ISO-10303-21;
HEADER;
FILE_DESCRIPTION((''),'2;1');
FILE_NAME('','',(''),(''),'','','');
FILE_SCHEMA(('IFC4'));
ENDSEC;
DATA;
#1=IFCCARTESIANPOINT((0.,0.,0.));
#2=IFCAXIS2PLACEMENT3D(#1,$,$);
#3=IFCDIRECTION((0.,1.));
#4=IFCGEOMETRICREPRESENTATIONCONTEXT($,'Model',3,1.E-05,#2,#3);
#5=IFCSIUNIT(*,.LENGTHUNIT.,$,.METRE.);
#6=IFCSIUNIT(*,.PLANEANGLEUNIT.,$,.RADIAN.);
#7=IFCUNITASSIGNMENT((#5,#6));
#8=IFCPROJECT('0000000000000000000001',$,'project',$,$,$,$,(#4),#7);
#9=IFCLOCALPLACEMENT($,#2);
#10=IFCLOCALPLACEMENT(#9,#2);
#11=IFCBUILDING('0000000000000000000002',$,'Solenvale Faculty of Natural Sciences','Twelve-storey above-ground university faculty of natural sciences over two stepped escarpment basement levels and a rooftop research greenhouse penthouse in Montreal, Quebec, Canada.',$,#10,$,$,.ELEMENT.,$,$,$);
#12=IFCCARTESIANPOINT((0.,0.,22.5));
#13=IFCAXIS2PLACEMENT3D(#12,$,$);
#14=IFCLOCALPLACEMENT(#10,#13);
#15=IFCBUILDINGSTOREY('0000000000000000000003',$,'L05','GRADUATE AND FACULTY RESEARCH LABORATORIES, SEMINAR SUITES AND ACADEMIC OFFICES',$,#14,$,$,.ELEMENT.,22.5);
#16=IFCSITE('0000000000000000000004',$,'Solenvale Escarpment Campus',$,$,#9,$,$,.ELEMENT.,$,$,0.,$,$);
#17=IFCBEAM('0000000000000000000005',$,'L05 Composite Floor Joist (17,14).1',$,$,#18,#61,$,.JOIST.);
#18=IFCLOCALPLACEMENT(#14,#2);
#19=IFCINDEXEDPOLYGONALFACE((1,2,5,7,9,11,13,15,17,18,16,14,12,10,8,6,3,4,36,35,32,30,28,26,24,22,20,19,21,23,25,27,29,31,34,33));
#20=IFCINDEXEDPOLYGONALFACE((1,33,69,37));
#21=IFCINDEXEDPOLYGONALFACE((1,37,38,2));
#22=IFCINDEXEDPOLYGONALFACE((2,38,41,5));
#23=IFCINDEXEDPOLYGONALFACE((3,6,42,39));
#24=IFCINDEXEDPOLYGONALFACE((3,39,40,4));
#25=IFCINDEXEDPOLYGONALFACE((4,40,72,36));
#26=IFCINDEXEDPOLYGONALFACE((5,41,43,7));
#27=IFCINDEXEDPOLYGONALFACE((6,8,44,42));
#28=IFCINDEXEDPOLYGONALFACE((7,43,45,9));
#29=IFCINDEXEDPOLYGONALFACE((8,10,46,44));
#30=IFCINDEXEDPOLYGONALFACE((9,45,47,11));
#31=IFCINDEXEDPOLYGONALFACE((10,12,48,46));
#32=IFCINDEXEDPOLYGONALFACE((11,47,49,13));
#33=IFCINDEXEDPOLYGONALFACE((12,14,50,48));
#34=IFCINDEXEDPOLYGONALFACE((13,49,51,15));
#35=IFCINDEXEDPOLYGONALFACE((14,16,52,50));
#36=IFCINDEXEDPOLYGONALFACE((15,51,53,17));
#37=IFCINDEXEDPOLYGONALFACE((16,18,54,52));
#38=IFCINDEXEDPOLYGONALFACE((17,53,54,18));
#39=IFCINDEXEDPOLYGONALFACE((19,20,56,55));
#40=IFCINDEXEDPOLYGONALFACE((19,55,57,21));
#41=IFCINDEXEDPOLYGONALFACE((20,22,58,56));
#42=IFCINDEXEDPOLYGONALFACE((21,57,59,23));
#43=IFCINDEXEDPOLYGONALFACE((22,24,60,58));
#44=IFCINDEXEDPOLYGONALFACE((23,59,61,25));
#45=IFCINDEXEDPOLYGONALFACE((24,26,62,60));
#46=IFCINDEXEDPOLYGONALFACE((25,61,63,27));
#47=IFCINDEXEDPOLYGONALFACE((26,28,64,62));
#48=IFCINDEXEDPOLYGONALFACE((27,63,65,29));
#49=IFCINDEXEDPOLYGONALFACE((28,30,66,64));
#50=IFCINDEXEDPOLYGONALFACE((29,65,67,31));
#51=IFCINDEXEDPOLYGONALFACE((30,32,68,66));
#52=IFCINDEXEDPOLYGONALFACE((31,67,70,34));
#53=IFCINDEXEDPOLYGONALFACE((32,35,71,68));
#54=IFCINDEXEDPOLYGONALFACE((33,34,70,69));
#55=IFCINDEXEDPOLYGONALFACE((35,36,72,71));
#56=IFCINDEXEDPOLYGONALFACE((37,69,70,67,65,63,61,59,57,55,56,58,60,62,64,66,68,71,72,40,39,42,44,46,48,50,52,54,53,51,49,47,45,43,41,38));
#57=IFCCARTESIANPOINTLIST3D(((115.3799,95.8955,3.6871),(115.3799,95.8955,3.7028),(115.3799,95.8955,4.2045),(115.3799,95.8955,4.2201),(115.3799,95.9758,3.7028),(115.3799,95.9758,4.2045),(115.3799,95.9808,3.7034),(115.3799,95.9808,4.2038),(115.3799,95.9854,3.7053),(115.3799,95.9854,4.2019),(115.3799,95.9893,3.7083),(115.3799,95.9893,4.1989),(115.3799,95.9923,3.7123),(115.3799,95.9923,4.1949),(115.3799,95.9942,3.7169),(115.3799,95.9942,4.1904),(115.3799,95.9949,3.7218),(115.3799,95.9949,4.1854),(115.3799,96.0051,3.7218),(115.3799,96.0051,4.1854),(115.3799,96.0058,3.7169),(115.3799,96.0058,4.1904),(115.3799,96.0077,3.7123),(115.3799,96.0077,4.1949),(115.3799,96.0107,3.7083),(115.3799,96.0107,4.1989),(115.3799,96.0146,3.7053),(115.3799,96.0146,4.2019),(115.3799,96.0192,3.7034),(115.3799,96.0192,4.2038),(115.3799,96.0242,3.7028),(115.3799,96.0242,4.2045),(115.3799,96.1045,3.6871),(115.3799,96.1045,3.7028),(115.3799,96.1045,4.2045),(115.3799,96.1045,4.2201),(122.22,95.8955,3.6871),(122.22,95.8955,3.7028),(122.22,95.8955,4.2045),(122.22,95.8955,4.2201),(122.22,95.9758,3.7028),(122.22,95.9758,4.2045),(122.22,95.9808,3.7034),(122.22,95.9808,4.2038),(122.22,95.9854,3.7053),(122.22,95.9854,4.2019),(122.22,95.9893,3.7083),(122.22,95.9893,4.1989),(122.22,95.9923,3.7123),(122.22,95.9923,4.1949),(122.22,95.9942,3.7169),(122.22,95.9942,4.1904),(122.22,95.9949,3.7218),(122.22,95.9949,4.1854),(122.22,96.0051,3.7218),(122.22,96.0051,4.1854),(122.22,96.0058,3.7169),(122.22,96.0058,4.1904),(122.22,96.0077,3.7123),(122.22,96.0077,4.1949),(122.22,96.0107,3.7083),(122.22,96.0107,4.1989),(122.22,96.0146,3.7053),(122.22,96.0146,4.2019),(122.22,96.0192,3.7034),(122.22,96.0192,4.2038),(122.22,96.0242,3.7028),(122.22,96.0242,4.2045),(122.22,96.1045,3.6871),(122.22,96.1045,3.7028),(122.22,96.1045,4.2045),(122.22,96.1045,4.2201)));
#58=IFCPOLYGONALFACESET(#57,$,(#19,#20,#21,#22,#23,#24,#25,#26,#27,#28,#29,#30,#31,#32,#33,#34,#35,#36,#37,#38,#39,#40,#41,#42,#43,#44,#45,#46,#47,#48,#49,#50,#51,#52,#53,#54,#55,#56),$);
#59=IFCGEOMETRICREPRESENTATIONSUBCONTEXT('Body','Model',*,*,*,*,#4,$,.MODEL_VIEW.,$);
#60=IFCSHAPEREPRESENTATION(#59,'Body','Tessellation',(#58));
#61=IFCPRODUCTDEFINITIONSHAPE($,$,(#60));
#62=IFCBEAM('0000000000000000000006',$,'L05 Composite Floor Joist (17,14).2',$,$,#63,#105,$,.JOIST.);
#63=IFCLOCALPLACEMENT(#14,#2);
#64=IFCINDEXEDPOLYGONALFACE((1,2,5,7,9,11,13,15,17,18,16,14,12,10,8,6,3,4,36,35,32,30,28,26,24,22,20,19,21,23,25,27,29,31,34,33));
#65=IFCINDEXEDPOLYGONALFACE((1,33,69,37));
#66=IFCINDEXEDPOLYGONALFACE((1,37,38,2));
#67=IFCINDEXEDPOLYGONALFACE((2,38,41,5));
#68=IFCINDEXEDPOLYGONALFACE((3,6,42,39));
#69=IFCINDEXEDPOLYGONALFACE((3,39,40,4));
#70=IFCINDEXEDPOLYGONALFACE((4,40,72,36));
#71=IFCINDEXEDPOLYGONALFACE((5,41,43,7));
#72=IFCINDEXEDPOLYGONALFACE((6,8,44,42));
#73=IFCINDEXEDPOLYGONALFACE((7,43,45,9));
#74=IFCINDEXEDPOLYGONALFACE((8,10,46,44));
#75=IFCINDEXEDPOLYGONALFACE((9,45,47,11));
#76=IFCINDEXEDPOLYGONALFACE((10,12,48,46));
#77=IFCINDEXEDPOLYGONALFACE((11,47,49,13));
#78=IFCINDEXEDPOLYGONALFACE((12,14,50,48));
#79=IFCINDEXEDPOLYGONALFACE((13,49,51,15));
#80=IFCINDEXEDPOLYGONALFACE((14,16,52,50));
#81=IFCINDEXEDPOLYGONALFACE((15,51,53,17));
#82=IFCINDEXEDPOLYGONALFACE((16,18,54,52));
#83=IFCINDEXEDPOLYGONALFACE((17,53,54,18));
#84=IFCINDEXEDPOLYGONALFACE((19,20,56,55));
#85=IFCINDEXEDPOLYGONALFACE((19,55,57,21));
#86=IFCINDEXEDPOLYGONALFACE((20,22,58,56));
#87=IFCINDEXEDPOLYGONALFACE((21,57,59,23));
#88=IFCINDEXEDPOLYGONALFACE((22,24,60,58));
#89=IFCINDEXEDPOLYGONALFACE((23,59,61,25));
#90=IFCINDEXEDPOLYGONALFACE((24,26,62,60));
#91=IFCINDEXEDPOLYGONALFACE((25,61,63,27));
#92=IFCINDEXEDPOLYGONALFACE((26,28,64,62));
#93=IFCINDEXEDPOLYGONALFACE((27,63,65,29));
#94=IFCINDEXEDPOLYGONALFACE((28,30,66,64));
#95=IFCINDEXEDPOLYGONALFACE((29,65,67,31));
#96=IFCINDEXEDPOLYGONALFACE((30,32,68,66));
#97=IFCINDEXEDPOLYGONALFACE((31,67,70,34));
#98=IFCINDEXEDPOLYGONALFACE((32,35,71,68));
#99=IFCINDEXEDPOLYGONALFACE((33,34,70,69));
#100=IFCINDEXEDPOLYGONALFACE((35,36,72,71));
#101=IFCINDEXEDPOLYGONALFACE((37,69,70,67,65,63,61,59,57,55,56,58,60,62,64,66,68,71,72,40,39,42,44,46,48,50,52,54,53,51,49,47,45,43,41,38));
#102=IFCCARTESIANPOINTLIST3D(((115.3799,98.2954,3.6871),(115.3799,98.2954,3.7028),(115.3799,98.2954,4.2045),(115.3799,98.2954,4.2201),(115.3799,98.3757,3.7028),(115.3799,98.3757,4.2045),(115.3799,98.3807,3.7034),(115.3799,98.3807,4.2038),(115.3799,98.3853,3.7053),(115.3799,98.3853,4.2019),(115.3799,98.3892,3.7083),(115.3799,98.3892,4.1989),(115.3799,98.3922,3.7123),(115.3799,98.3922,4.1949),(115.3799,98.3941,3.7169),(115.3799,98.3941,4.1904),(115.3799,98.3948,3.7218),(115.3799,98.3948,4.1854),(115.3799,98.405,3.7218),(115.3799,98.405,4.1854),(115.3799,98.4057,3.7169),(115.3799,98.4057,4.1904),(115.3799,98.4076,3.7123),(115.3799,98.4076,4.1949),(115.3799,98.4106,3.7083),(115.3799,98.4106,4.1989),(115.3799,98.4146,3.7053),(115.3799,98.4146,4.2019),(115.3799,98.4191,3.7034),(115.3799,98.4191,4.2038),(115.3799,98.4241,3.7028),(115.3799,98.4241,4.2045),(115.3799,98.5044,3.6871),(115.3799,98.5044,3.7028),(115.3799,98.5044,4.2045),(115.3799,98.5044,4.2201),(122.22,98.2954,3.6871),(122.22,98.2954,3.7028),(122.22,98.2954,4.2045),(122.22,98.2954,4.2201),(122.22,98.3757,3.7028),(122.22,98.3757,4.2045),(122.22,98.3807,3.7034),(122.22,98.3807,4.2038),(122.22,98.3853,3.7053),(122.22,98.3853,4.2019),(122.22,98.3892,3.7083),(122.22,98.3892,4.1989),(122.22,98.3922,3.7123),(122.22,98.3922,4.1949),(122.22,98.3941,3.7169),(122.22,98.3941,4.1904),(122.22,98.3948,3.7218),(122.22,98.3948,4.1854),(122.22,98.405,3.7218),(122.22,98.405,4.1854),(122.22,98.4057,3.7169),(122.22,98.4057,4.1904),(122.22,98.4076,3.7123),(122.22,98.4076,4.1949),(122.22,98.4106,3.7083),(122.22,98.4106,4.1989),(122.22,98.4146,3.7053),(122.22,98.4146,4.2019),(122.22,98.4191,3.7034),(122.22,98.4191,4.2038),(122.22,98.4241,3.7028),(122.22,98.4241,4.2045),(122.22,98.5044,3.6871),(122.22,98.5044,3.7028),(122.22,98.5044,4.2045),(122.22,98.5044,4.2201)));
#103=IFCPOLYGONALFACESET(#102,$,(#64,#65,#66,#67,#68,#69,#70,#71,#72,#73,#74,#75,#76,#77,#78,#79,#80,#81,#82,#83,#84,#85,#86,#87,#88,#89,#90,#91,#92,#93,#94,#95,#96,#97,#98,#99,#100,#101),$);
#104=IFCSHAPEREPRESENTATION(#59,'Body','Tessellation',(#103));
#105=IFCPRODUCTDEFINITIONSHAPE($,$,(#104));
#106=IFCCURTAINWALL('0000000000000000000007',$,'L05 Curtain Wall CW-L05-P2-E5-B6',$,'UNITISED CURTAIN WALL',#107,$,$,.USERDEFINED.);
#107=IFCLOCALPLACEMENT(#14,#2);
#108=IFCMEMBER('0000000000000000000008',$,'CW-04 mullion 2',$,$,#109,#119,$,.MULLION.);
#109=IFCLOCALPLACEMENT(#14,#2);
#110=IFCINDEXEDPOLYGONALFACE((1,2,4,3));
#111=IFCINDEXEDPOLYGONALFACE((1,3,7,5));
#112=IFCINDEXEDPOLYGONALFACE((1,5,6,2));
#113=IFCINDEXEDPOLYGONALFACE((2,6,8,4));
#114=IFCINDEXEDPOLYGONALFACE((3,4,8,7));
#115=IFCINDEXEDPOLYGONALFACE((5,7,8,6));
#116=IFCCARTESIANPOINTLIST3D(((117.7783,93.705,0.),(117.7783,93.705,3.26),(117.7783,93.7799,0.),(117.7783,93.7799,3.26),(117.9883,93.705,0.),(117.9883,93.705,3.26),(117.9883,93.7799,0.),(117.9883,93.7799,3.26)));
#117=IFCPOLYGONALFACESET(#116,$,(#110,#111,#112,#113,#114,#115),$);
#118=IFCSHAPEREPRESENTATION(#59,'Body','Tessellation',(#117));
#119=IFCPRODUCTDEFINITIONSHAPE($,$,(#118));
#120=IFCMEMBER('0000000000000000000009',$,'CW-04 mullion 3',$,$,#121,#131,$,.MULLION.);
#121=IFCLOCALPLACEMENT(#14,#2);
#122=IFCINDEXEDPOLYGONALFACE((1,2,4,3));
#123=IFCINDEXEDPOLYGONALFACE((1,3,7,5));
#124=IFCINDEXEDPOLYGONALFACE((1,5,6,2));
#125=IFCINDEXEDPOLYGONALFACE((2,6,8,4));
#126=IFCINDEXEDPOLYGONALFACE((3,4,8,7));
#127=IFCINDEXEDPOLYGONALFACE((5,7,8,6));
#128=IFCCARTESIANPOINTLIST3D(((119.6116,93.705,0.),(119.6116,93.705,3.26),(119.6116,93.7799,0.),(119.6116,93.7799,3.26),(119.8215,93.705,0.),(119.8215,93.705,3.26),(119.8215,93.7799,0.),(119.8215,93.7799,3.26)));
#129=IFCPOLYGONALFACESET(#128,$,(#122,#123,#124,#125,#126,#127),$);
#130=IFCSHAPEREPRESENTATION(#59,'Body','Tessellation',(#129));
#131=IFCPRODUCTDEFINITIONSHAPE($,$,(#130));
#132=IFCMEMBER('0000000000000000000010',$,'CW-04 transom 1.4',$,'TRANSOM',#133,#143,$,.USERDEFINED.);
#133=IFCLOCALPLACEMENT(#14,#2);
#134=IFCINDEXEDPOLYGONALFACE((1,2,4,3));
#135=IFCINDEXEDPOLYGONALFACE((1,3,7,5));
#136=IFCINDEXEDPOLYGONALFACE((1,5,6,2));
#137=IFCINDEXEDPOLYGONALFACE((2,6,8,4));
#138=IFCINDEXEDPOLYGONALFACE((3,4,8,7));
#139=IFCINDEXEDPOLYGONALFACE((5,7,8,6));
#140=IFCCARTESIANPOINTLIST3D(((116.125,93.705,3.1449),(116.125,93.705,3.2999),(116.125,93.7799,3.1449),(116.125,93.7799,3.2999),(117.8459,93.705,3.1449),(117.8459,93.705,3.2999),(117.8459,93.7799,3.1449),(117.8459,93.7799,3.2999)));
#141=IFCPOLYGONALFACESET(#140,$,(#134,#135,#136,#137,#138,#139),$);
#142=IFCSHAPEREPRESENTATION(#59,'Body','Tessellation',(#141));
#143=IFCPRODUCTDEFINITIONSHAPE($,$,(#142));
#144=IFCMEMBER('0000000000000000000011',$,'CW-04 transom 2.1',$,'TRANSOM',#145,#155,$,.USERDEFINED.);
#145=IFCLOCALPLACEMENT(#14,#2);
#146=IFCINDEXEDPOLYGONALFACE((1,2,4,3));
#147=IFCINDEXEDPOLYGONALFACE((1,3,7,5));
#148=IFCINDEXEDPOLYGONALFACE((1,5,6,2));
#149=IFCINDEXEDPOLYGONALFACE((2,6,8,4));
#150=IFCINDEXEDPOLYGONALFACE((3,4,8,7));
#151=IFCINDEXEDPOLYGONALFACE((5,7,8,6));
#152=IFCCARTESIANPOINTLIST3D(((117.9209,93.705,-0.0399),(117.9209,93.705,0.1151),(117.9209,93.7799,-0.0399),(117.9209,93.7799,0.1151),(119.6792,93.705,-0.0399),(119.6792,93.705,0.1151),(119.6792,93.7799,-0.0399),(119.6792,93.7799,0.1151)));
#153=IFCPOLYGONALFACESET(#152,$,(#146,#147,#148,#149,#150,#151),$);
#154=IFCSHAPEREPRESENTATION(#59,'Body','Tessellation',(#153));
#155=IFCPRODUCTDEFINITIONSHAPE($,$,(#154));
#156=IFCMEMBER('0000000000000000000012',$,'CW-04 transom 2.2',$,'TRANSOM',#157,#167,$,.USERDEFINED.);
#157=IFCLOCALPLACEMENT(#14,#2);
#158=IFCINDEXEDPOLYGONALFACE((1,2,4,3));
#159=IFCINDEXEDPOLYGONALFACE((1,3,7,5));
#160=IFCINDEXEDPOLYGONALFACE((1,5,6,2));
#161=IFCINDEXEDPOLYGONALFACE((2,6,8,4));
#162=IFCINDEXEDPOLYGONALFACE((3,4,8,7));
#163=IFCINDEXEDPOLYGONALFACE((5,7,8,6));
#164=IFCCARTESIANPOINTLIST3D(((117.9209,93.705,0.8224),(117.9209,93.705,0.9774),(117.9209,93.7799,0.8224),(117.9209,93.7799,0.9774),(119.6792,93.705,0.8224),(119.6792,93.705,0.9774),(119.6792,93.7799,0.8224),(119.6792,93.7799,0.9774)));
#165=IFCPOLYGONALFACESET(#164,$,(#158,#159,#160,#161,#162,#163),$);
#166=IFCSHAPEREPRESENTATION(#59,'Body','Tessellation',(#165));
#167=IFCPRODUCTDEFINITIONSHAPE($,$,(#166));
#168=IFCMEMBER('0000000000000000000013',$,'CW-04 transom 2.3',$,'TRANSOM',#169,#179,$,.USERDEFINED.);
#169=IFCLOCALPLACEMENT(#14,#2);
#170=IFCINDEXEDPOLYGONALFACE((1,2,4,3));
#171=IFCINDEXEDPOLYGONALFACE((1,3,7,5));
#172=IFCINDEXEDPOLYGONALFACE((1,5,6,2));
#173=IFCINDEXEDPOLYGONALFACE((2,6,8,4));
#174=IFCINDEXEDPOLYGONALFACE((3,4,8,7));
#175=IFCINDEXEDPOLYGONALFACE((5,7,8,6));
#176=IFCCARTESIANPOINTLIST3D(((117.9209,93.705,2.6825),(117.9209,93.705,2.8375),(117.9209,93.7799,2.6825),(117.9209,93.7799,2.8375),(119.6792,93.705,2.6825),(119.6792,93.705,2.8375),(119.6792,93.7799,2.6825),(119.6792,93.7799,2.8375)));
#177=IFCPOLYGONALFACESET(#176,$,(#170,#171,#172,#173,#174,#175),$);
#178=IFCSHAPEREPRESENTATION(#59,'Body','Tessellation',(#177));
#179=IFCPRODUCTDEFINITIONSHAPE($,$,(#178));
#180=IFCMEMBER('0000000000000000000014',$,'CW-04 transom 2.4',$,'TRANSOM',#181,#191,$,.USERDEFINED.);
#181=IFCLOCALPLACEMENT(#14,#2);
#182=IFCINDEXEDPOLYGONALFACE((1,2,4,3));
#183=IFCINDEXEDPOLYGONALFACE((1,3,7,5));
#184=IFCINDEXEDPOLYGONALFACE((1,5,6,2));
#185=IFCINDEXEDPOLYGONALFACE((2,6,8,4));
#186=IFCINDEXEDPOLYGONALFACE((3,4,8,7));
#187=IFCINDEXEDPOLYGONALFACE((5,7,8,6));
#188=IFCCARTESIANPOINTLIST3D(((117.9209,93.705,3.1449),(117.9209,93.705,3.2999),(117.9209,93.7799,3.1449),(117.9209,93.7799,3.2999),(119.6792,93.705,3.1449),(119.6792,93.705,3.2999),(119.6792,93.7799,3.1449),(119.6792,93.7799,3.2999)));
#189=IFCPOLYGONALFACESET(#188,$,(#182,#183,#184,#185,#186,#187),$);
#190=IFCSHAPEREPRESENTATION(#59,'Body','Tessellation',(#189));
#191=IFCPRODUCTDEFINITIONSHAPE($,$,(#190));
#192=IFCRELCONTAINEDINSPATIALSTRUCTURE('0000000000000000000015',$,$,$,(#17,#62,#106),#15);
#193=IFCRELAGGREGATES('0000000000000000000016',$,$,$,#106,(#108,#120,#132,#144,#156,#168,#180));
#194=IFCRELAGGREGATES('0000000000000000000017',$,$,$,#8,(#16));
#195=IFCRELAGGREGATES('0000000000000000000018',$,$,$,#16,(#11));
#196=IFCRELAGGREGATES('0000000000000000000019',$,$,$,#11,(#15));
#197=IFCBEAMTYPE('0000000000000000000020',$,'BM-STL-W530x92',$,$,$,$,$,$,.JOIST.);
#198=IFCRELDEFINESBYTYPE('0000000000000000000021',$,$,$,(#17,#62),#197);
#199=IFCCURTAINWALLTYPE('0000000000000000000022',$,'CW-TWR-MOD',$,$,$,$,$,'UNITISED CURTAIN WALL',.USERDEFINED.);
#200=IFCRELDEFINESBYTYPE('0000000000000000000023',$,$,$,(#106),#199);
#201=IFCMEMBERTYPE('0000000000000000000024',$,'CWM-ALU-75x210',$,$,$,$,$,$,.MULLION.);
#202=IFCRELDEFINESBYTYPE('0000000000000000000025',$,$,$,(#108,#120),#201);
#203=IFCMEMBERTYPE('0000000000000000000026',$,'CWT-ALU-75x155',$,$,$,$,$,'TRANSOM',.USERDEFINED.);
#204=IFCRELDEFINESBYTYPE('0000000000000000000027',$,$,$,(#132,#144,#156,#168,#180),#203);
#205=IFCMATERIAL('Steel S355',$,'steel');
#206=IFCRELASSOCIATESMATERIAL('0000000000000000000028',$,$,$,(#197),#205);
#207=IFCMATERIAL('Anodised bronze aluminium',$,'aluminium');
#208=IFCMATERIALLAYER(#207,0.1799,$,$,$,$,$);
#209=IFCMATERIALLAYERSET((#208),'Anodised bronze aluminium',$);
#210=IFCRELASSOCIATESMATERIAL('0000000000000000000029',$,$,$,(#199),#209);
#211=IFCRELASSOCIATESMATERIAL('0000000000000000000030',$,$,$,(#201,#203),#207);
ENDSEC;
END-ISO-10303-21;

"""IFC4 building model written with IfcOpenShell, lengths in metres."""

from ifc_helpers import new_model, si_unit, direction, frame, origin, origin_2d, place, context, subcontext, project, spatial, rectangle, i_section, extrude, material, layer, layer_set, material_profile, profile_set, type_object, element, aggregate, save


model = new_model("IFC4")

# Units and contexts
model_context = context("Model", 3, precision=1e-05, world=origin(), true_north=direction((0.0, 1.0)))
body_context = subcontext(model_context, "Body", "Model", "MODEL_VIEW")
ifc_project = project(units=[si_unit("LENGTHUNIT", "METRE"), si_unit("PLANEANGLEUNIT", "RADIAN")], contexts=[model_context])

# Site, building, storey
site_placement = place(None, origin())
site = spatial("IfcSite", under=ifc_project, at=site_placement, Name="Solenvale Escarpment Campus", CompositionType="ELEMENT", RefElevation=0.0)
building_placement = place(site_placement, origin())
building = spatial("IfcBuilding", under=site, at=building_placement, Name="Solenvale Faculty of Natural Sciences", Description="Twelve-storey above-ground university faculty of natural sciences over two stepped escarpment basement levels and a rooftop research greenhouse penthouse in Montreal, Quebec, Canada.", CompositionType="ELEMENT")
storey_placement = place(building_placement, frame((0.0, 0.0, 22.5)))
storey = spatial("IfcBuildingStorey", under=building, at=storey_placement, Name="L05", Description="GRADUATE AND FACULTY RESEARCH LABORATORIES, SEMINAR SUITES AND ACADEMIC OFFICES", CompositionType="ELEMENT", Elevation=22.5)

# Beams
ifc_material_1 = material(Name="Steel S355", Category="steel")
ifc_material_profile_1 = material_profile(ifc_material_1, i_section(OverallWidth=0.209, OverallDepth=0.533, WebThickness=0.0103, FlangeThickness=0.0156, FilletRadius=0.019, at=origin_2d()), Name="W530x92")
ifc_profile_set_1 = profile_set([ifc_material_profile_1], Name="Steel S355")
beam_type_1 = type_object("IfcBeamType", Name="BM-STL-W530x92", PredefinedType="JOIST", material=ifc_profile_set_1)
for number, where, z_axis, x_axis, name in (
    (1, (115.3799, 96.0, 3.9536), (1.0, 0.0, 0.0), (0.0, 1.0, 0.0), "L05 Composite Floor Joist (17,14).1"),
    (2, (115.3799, 98.3999, 3.9536), (1.0, 0.0, 0.0), (0.0, 1.0, 0.0), "L05 Composite Floor Joist (17,14).2"),
):
    element("IfcBeam", number, at=place(storey_placement, frame(where, z_axis=z_axis, x_axis=x_axis)), inside=storey, type_object=beam_type_1, Name=name, PredefinedType="JOIST", context=body_context, shape_type="SweptSolid", body=[
        extrude(i_section(OverallWidth=0.209, OverallDepth=0.533, WebThickness=0.0103, FlangeThickness=0.0156, FilletRadius=0.019, at=origin_2d()), origin(), (0.0, 0.0, 1.0), 6.8401),
    ])

# Curtain wall, members
ifc_material_2 = material(Name="Anodised bronze aluminium", Category="aluminium")
ifc_layer_1 = layer(ifc_material_2, 0.1799)
ifc_layer_set_1 = layer_set([ifc_layer_1], Name="Anodised bronze aluminium")
curtain_wall_type = type_object("IfcCurtainWallType", Name="CW-TWR-MOD", ElementType="UNITISED CURTAIN WALL", PredefinedType="USERDEFINED", material=ifc_layer_set_1)
curtain_wall_placement = place(storey_placement, origin())
curtain_wall = element("IfcCurtainWall", 3, at=curtain_wall_placement, inside=storey, type_object=curtain_wall_type, Name="L05 Curtain Wall CW-L05-P2-E5-B6", ObjectType="UNITISED CURTAIN WALL", PredefinedType="USERDEFINED")
ifc_material_profile_2 = material_profile(ifc_material_2, rectangle(XDim=0.075, YDim=0.21, at=origin_2d()), Name="ALU-MUL-75x210")
ifc_profile_set_2 = profile_set([ifc_material_profile_2], Name="Anodised bronze aluminium")
member_type_1 = type_object("IfcMemberType", Name="CWM-ALU-75x210", PredefinedType="MULLION", material=ifc_profile_set_2)
member_1_placement = place(storey_placement, frame((117.8833, 93.7424, 0.0), z_axis=(0.0, 0.0, 1.0), x_axis=(0.0, 1.0, 0.0)))
member_1 = element("IfcMember", 4, at=member_1_placement, type_object=member_type_1, Name="CW-04 mullion 2", PredefinedType="MULLION", context=body_context, shape_type="SweptSolid", body=[
    extrude(rectangle(XDim=0.075, YDim=0.21, at=origin_2d()), origin(), (0.0, 0.0, 1.0), 3.26),
])
member_2_placement = place(storey_placement, frame((119.7166, 93.7424, 0.0), z_axis=(0.0, 0.0, 1.0), x_axis=(0.0, 1.0, 0.0)))
member_2 = element("IfcMember", 5, at=member_2_placement, type_object=member_type_1, Name="CW-04 mullion 3", PredefinedType="MULLION", context=body_context, shape_type="SweptSolid", body=[
    extrude(rectangle(XDim=0.075, YDim=0.21, at=origin_2d()), origin(), (0.0, 0.0, 1.0), 3.26),
])
ifc_material_profile_3 = material_profile(ifc_material_2, rectangle(XDim=0.075, YDim=0.155, at=origin_2d()), Name="ALU-TRN-75x155")
ifc_profile_set_3 = profile_set([ifc_material_profile_3], Name="Anodised bronze aluminium")
member_type_2 = type_object("IfcMemberType", Name="CWT-ALU-75x155", ElementType="TRANSOM", PredefinedType="USERDEFINED", material=ifc_profile_set_3)
member_3_placement = place(storey_placement, frame((116.125, 93.7424, 3.2224), z_axis=(1.0, 0.0, 0.0), x_axis=(0.0, 1.0, 0.0)))
member_3 = element("IfcMember", 6, at=member_3_placement, type_object=member_type_2, Name="CW-04 transom 1.4", ObjectType="TRANSOM", PredefinedType="USERDEFINED", context=body_context, shape_type="SweptSolid", body=[
    extrude(rectangle(XDim=0.075, YDim=0.155, at=origin_2d()), origin(), (0.0, 0.0, 1.0), 1.7209),
])
member_4_placement = place(storey_placement, frame((117.9209, 93.7424, 0.0376), z_axis=(1.0, 0.0, 0.0), x_axis=(0.0, 1.0, 0.0)))
member_4 = element("IfcMember", 7, at=member_4_placement, type_object=member_type_2, Name="CW-04 transom 2.1", ObjectType="TRANSOM", PredefinedType="USERDEFINED", context=body_context, shape_type="SweptSolid", body=[
    extrude(rectangle(XDim=0.075, YDim=0.155, at=origin_2d()), origin(), (0.0, 0.0, 1.0), 1.7583),
])
member_5_placement = place(storey_placement, frame((117.9209, 93.7424, 0.8999), z_axis=(1.0, 0.0, 0.0), x_axis=(0.0, 1.0, 0.0)))
member_5 = element("IfcMember", 8, at=member_5_placement, type_object=member_type_2, Name="CW-04 transom 2.2", ObjectType="TRANSOM", PredefinedType="USERDEFINED", context=body_context, shape_type="SweptSolid", body=[
    extrude(rectangle(XDim=0.075, YDim=0.155, at=origin_2d()), origin(), (0.0, 0.0, 1.0), 1.7583),
])
member_6_placement = place(storey_placement, frame((117.9209, 93.7424, 2.76), z_axis=(1.0, 0.0, 0.0), x_axis=(0.0, 1.0, 0.0)))
member_6 = element("IfcMember", 9, at=member_6_placement, type_object=member_type_2, Name="CW-04 transom 2.3", ObjectType="TRANSOM", PredefinedType="USERDEFINED", context=body_context, shape_type="SweptSolid", body=[
    extrude(rectangle(XDim=0.075, YDim=0.155, at=origin_2d()), origin(), (0.0, 0.0, 1.0), 1.7583),
])
member_7_placement = place(storey_placement, frame((117.9209, 93.7424, 3.2224), z_axis=(1.0, 0.0, 0.0), x_axis=(0.0, 1.0, 0.0)))
member_7 = element("IfcMember", 10, at=member_7_placement, type_object=member_type_2, Name="CW-04 transom 2.4", ObjectType="TRANSOM", PredefinedType="USERDEFINED", context=body_context, shape_type="SweptSolid", body=[
    extrude(rectangle(XDim=0.075, YDim=0.155, at=origin_2d()), origin(), (0.0, 0.0, 1.0), 1.7583),
])
aggregate(curtain_wall, [member_1, member_2, member_3, member_4, member_5, member_6, member_7])

save(model, "model.ifc")
